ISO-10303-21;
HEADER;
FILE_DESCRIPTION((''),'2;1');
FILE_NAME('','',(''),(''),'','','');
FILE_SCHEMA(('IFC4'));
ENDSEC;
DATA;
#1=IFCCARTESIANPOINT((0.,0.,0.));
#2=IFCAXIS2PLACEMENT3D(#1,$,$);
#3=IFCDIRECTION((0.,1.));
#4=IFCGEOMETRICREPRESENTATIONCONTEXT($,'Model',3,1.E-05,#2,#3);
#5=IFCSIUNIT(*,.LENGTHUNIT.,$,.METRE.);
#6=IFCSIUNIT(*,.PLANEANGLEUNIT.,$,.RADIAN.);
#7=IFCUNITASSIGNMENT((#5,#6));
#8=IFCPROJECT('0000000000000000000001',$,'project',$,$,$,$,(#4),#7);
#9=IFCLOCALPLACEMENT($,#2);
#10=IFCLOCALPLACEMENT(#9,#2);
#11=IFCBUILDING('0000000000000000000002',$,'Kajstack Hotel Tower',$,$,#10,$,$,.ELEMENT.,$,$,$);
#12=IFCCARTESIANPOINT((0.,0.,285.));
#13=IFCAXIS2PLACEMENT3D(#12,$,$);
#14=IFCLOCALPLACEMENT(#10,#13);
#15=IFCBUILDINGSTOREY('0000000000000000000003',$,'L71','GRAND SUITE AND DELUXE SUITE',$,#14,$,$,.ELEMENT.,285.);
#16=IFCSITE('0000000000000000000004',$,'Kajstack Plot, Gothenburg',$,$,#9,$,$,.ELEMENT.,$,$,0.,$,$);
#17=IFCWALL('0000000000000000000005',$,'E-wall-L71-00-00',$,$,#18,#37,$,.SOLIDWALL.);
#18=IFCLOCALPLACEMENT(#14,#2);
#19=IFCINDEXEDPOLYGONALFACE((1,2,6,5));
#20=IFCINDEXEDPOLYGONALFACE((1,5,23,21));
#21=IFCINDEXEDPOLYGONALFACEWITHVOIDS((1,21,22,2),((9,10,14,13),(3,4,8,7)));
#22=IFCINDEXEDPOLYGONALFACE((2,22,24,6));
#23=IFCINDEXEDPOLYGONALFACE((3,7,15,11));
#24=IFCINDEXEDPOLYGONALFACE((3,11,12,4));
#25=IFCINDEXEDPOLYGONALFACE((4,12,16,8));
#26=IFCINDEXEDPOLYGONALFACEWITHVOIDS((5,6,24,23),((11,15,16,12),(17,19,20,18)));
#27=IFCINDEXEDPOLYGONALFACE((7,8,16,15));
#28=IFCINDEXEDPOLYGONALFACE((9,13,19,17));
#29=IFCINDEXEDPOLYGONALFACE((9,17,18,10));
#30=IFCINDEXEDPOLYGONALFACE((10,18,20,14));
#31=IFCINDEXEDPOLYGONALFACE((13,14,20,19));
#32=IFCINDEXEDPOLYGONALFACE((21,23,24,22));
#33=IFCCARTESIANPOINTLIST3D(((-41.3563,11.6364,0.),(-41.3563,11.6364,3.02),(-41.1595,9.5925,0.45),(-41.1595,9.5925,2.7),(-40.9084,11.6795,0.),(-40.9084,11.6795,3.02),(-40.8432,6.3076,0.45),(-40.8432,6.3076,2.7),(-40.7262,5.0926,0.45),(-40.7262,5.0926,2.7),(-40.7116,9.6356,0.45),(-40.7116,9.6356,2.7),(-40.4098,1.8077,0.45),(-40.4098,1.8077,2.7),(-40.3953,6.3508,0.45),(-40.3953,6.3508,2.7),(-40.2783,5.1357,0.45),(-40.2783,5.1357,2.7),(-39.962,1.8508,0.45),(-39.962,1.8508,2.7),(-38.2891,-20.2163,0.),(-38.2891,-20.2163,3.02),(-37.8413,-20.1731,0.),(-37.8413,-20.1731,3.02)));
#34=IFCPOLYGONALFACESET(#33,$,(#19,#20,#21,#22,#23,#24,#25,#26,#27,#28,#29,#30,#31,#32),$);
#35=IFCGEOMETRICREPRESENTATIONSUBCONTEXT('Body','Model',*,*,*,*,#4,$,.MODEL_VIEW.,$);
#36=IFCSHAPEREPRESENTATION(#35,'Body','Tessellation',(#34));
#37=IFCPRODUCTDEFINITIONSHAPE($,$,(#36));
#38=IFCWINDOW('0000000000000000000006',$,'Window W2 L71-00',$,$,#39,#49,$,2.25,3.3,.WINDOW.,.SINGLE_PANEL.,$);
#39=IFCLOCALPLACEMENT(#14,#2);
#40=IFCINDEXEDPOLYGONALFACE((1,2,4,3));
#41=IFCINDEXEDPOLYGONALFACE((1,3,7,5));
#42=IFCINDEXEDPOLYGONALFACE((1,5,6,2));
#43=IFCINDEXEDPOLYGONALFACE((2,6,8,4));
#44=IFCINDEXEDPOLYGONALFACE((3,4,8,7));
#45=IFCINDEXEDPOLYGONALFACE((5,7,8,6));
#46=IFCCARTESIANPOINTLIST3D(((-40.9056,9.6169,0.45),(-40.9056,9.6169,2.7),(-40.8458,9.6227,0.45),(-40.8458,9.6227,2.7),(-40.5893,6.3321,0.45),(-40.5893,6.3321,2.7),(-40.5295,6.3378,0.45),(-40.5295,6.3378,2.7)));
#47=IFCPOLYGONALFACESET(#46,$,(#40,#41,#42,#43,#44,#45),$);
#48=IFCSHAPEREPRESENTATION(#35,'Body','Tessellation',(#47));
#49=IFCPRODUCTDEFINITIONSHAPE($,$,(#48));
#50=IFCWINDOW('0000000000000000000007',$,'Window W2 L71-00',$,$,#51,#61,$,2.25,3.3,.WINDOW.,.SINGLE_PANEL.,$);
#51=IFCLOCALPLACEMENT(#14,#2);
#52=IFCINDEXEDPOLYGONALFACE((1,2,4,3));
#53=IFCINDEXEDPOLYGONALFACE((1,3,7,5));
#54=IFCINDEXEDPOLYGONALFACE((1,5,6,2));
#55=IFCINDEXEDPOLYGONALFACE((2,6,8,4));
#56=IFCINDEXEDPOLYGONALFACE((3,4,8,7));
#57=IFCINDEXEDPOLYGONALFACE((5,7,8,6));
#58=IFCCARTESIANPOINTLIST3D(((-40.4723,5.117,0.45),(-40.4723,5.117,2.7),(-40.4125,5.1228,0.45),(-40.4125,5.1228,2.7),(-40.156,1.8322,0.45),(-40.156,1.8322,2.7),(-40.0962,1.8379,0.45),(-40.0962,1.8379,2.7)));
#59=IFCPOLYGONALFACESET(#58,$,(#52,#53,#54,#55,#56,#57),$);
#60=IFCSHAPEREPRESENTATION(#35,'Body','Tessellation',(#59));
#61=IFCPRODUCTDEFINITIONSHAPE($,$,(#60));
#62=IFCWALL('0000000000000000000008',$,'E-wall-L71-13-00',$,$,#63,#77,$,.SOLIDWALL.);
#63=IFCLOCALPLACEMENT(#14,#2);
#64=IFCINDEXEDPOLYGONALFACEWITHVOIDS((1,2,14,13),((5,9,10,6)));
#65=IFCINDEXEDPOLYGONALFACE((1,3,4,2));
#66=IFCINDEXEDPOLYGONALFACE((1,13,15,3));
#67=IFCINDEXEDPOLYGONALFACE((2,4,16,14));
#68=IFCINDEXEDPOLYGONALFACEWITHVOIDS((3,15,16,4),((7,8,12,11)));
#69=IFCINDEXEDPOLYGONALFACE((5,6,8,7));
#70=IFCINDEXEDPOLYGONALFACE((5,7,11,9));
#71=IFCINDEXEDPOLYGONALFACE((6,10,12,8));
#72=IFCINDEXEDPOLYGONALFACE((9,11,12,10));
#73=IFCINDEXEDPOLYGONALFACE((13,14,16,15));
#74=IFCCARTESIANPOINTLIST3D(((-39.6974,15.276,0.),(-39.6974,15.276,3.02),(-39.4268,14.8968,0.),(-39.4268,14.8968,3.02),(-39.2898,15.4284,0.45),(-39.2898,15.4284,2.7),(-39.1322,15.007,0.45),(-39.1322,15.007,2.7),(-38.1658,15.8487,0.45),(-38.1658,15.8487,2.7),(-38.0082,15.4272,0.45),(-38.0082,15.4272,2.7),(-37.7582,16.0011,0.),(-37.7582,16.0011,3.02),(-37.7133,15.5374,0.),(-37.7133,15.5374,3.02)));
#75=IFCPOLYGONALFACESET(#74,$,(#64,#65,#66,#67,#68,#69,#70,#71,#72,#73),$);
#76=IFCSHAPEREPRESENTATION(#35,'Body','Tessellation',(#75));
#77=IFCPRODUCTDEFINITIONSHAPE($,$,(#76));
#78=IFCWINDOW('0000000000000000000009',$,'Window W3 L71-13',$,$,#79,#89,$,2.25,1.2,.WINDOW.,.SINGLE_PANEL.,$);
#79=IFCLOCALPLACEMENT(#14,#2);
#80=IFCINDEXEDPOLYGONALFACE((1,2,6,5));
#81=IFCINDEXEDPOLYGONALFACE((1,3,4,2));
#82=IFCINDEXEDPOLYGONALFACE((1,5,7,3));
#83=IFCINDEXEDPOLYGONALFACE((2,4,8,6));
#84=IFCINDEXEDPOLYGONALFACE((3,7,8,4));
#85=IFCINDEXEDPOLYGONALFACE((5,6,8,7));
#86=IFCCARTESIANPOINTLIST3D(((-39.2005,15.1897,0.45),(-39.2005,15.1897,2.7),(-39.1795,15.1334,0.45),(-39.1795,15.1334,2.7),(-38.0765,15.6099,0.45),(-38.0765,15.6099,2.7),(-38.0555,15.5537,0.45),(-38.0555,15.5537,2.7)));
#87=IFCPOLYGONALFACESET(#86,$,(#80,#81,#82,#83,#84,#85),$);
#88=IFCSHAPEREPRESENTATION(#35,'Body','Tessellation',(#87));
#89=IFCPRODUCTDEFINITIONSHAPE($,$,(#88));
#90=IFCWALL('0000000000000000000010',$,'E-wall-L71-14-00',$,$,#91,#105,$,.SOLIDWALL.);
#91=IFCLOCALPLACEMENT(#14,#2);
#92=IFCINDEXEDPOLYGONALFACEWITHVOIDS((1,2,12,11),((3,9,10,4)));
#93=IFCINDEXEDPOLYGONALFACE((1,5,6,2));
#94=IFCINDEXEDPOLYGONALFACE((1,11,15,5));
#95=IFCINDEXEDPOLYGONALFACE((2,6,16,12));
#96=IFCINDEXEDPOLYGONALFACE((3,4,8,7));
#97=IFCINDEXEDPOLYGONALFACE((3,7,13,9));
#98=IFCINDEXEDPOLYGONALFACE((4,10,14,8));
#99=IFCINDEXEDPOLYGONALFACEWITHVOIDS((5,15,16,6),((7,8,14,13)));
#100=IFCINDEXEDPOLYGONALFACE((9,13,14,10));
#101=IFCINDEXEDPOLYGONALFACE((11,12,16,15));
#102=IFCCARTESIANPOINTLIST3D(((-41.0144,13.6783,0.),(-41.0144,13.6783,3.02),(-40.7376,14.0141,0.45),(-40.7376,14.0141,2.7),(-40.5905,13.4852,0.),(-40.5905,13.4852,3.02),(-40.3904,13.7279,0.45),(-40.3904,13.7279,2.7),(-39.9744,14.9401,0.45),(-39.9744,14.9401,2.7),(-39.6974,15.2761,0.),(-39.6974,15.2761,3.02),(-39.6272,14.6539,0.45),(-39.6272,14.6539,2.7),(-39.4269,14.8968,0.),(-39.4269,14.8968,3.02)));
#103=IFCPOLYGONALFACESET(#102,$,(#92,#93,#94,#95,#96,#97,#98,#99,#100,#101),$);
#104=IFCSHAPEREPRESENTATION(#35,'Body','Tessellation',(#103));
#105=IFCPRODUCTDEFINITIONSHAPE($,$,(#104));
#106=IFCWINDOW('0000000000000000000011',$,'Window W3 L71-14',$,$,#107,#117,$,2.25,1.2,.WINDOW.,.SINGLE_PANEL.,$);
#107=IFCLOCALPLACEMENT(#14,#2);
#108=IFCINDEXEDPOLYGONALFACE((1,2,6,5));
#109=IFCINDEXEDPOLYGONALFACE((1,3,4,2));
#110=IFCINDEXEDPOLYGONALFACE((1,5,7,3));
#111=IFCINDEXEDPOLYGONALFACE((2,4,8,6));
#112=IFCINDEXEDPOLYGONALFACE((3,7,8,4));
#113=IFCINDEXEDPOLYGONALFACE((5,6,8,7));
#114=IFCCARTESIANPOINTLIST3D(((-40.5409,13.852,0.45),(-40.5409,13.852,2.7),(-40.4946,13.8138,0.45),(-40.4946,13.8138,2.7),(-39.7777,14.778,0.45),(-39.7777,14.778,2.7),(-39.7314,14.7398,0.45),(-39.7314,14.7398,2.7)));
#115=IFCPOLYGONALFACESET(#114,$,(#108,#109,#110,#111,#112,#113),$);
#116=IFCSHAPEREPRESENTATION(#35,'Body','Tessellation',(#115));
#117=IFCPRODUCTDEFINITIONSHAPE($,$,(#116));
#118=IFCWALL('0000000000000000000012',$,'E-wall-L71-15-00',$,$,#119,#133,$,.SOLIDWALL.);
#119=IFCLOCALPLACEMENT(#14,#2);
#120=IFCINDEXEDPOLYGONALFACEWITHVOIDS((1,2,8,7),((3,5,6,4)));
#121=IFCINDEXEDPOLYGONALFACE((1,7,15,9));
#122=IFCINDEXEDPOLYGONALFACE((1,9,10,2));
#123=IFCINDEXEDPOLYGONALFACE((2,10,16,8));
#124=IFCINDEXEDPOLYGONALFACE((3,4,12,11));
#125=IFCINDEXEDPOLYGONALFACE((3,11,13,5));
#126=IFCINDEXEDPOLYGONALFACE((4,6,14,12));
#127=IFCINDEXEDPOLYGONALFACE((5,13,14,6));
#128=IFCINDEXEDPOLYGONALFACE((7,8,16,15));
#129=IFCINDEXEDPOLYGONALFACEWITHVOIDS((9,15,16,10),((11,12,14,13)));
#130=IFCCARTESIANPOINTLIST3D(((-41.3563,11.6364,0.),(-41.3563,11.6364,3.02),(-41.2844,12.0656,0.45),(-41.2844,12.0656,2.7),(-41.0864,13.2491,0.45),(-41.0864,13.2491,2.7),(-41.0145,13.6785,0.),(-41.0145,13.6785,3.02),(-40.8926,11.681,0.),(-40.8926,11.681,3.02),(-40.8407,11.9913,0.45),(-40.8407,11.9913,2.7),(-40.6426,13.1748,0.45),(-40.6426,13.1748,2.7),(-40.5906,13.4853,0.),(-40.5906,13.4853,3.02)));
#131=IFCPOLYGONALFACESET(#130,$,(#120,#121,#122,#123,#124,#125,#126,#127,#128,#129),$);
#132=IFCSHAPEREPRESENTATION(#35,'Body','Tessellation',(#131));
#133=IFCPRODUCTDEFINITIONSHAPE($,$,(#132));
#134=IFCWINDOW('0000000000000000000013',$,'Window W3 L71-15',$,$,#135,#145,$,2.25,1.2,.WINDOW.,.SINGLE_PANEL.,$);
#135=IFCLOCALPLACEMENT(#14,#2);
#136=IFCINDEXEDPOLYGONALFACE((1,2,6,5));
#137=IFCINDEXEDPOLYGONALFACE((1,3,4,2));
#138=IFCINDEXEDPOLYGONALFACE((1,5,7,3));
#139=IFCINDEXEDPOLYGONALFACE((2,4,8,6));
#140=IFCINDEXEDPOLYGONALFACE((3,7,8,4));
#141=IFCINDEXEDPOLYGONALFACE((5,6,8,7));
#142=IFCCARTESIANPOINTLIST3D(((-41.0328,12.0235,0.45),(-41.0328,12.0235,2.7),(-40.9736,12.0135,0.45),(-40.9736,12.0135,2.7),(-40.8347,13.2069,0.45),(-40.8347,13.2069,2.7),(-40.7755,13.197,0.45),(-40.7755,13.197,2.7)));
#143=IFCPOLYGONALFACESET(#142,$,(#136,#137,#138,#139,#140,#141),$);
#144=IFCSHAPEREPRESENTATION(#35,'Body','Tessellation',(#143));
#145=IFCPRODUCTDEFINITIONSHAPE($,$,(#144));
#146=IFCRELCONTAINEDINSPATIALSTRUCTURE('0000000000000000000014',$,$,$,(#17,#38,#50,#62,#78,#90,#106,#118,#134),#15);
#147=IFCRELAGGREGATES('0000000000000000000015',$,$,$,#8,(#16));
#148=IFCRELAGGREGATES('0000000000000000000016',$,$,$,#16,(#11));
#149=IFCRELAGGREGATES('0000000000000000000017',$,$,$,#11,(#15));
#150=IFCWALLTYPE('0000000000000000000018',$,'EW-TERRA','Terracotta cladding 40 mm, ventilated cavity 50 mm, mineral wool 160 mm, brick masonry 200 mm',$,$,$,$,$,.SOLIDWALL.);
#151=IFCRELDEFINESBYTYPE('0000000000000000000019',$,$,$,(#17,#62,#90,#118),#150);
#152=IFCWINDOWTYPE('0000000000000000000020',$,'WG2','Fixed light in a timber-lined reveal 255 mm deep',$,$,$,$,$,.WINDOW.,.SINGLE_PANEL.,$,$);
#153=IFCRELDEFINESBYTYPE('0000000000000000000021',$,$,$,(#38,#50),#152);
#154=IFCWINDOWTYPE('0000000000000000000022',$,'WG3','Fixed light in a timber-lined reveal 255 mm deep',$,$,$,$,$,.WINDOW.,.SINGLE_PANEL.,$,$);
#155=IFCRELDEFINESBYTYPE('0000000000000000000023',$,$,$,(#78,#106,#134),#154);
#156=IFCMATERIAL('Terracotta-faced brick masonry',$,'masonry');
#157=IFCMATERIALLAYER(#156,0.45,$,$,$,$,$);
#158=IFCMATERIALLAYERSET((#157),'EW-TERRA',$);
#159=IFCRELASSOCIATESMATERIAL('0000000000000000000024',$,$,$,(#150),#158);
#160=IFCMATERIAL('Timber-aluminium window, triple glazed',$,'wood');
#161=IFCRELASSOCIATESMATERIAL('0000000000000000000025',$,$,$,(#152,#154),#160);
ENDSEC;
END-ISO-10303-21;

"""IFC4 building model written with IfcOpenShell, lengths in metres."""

from ifc_helpers import new_model, si_unit, direction, frame, frame_2d, origin, place, context, subcontext, project, spatial, polyline, rectangle, outline, extrude, material, layer, layer_set, type_object, element, fill, save


model = new_model("IFC4")

# Units and contexts
model_context = context("Model", 3, precision=1e-05, world=origin(), true_north=direction((0.0, 1.0)))
body_context = subcontext(model_context, "Body", "Model", "MODEL_VIEW")
ifc_project = project(units=[si_unit("LENGTHUNIT", "METRE"), si_unit("PLANEANGLEUNIT", "RADIAN")], contexts=[model_context])

# Site, building, storey
site_placement = place(None, origin())
site = spatial("IfcSite", under=ifc_project, at=site_placement, Name="Kajstack Plot, Gothenburg", CompositionType="ELEMENT", RefElevation=0.0)
building_placement = place(site_placement, origin())
building = spatial("IfcBuilding", under=site, at=building_placement, Name="Kajstack Hotel Tower", CompositionType="ELEMENT")
storey_placement = place(building_placement, frame((0.0, 0.0, 285.0)))
storey = spatial("IfcBuildingStorey", under=building, at=storey_placement, Name="L71", Description="GRAND SUITE AND DELUXE SUITE", CompositionType="ELEMENT", Elevation=285.0)

# Wall, openings, windows
ifc_material_1 = material(Name="Terracotta-faced brick masonry", Category="masonry")
ifc_layer_1 = layer(ifc_material_1, 0.45)
ifc_layer_set_1 = layer_set([ifc_layer_1], Name="EW-TERRA")
wall_type_1 = type_object("IfcWallType", Name="EW-TERRA", Description="Terracotta cladding 40 mm, ventilated cavity 50 mm, mineral wool 160 mm, brick masonry 200 mm", PredefinedType="SOLIDWALL", material=ifc_layer_set_1)
wall_1_placement = place(storey_placement, frame((-41.1323, 11.658, 0.0), z_axis=(0.0, 0.0, 1.0), x_axis=(0.095848, -0.995396, 0.0)))
wall_1 = element("IfcWall", 1, at=wall_1_placement, inside=storey, type_object=wall_type_1, Name="E-wall-L71-00-00", PredefinedType="SOLIDWALL", context=body_context, shape_type="SweptSolid", body=[
    extrude(rectangle(XDim=32.0, YDim=0.45, at=frame_2d((16.0, 0.0))), origin(), (0.0, 0.0, 1.0), 3.02),
])
opening_1_placement = place(wall_1_placement, frame((2.0535, 0.0, 0.45)))
opening_1 = element("IfcOpeningElement", 2, at=opening_1_placement, cuts=wall_1, PredefinedType="OPENING", context=body_context, shape_type="SweptSolid", body=[
    extrude(rectangle(XDim=3.3, YDim=2.25, at=frame_2d((1.6499, 1.125))), frame((0.0, 0.2349, 0.0), z_axis=(0.0, -1.0, 0.0), x_axis=(1.0, 0.0, 0.0)), (0.0, 0.0, 1.0), 0.47),
])
opening_2_placement = place(wall_1_placement, frame((6.5742, 0.0, 0.45)))
opening_2 = element("IfcOpeningElement", 3, at=opening_2_placement, cuts=wall_1, PredefinedType="OPENING", context=body_context, shape_type="SweptSolid", body=[
    extrude(rectangle(XDim=3.3, YDim=2.25, at=frame_2d((1.6499, 1.125))), frame((0.0, 0.2349, 0.0), z_axis=(0.0, -1.0, 0.0), x_axis=(1.0, 0.0, 0.0)), (0.0, 0.0, 1.0), 0.47),
])
ifc_material_2 = material(Name="Timber-aluminium window, triple glazed", Category="wood")
window_type_1 = type_object("IfcWindowType", Name="WG2", Description="Fixed light in a timber-lined reveal 255 mm deep", PartitioningType="SINGLE_PANEL", PredefinedType="WINDOW", material=ifc_material_2)
window_1_placement = place(opening_1_placement, origin())
window_1 = element("IfcWindow", 4, at=window_1_placement, inside=storey, type_object=window_type_1, Name="Window W2 L71-00", OverallHeight=2.25, OverallWidth=3.3, PartitioningType="SINGLE_PANEL", PredefinedType="WINDOW", context=body_context, shape_type="SweptSolid", body=[
    extrude(rectangle(XDim=3.3, YDim=2.25, at=frame_2d((1.6499, 1.125))), frame((0.0, 0.0901, 0.0), z_axis=(0.0, -1.0, 0.0), x_axis=(1.0, 0.0, 0.0)), (0.0, 0.0, 1.0), 0.0601),
])
fill(opening_1, window_1)
window_2_placement = place(opening_2_placement, origin())
window_2 = element("IfcWindow", 5, at=window_2_placement, inside=storey, type_object=window_type_1, Name="Window W2 L71-00", OverallHeight=2.25, OverallWidth=3.3, PartitioningType="SINGLE_PANEL", PredefinedType="WINDOW", context=body_context, shape_type="SweptSolid", body=[
    extrude(rectangle(XDim=3.3, YDim=2.25, at=frame_2d((1.6499, 1.125))), frame((0.0, 0.0901, 0.0), z_axis=(0.0, -1.0, 0.0), x_axis=(1.0, 0.0, 0.0)), (0.0, 0.0, 1.0), 0.0601),
])
fill(opening_2, window_2)

# Walls, openings, windows
wall_2_placement = place(storey_placement, frame((-37.6792, 15.7905, 0.0), z_axis=(0.0, 0.0, 1.0), x_axis=(-0.936678, -0.350193, 0.0)))
wall_2 = element("IfcWall", 6, at=wall_2_placement, inside=storey, type_object=wall_type_1, Name="E-wall-L71-13-00", PredefinedType="SOLIDWALL", context=body_context, shape_type="SweptSolid", body=[
    extrude(outline(polyline([(0.0002, -0.2249), (2.0706, -0.2249), (1.95, 0.2251), (0.1206, 0.2251), (0.0002, -0.2249)])), origin(), (0.0, 0.0, 1.0), 3.02),
])
opening_3_placement = place(wall_2_placement, frame((0.4353, 0.0, 0.45)))
opening_3 = element("IfcOpeningElement", 7, at=opening_3_placement, cuts=wall_2, PredefinedType="OPENING", context=body_context, shape_type="SweptSolid", body=[
    extrude(rectangle(XDim=1.2, YDim=2.25, at=frame_2d((0.6001, 1.125))), frame((0.0, 0.2349, 0.0), z_axis=(0.0, -1.0, 0.0), x_axis=(1.0, 0.0, 0.0)), (0.0, 0.0, 1.0), 0.47),
])
window_type_2 = type_object("IfcWindowType", Name="WG3", Description="Fixed light in a timber-lined reveal 255 mm deep", PartitioningType="SINGLE_PANEL", PredefinedType="WINDOW", material=ifc_material_2)
window_3_placement = place(opening_3_placement, origin())
window_3 = element("IfcWindow", 8, at=window_3_placement, inside=storey, type_object=window_type_2, Name="Window W3 L71-13", OverallHeight=2.25, OverallWidth=1.2, PartitioningType="SINGLE_PANEL", PredefinedType="WINDOW", context=body_context, shape_type="SweptSolid", body=[
    extrude(rectangle(XDim=1.2, YDim=2.25, at=frame_2d((0.6001, 1.125))), frame((0.0, 0.0901, 0.0), z_axis=(0.0, -1.0, 0.0), x_axis=(1.0, 0.0, 0.0)), (0.0, 0.0, 1.0), 0.0601),
])
fill(opening_3, window_3)
wall_3_placement = place(storey_placement, frame((-39.5239, 15.1331, 0.0), z_axis=(0.0, 0.0, 1.0), x_axis=(-0.636046, -0.771651, 0.0)))
wall_3 = element("IfcWall", 9, at=wall_3_placement, inside=storey, type_object=wall_type_1, Name="E-wall-L71-14-00", PredefinedType="SOLIDWALL", context=body_context, shape_type="SweptSolid", body=[
    extrude(outline(polyline([(0.0, -0.2249), (2.0706, -0.2249), (1.95, 0.2251), (0.1206, 0.2251), (0.0, -0.2249)])), origin(), (0.0, 0.0, 1.0), 3.02),
])
opening_4_placement = place(wall_3_placement, frame((0.4353, 0.0, 0.45)))
opening_4 = element("IfcOpeningElement", 10, at=opening_4_placement, cuts=wall_3, PredefinedType="OPENING", context=body_context, shape_type="SweptSolid", body=[
    extrude(rectangle(XDim=1.2, YDim=2.25, at=frame_2d((0.6001, 1.125))), frame((0.0, 0.2349, 0.0), z_axis=(0.0, -1.0, 0.0), x_axis=(1.0, 0.0, 0.0)), (0.0, 0.0, 1.0), 0.47),
])
window_4_placement = place(opening_4_placement, origin())
window_4 = element("IfcWindow", 11, at=window_4_placement, inside=storey, type_object=window_type_2, Name="Window W3 L71-14", OverallHeight=2.25, OverallWidth=1.2, PartitioningType="SINGLE_PANEL", PredefinedType="WINDOW", context=body_context, shape_type="SweptSolid", body=[
    extrude(rectangle(XDim=1.2, YDim=2.25, at=frame_2d((0.6001, 1.125))), frame((0.0, 0.0901, 0.0), z_axis=(0.0, -1.0, 0.0), x_axis=(1.0, 0.0, 0.0)), (0.0, 0.0, 1.0), 0.0601),
])
fill(opening_4, window_4)
wall_4_placement = place(storey_placement, frame((-40.7925, 13.6414, 0.0), z_axis=(0.0, 0.0, 1.0), x_axis=(-0.165068, -0.986282, 0.0)))
wall_4 = element("IfcWall", 12, at=wall_4_placement, inside=storey, type_object=wall_type_1, Name="E-wall-L71-15-00", PredefinedType="SOLIDWALL", context=body_context, shape_type="SweptSolid", body=[
    extrude(outline(polyline([(0.0, -0.2251), (2.0706, -0.2251), (1.95, 0.2249), (0.1206, 0.2249), (0.0, -0.2251)])), origin(), (0.0, 0.0, 1.0), 3.02),
])
opening_5_placement = place(wall_4_placement, frame((0.4353, 0.0, 0.45)))
opening_5 = element("IfcOpeningElement", 13, at=opening_5_placement, cuts=wall_4, PredefinedType="OPENING", context=body_context, shape_type="SweptSolid", body=[
    extrude(rectangle(XDim=1.2, YDim=2.25, at=frame_2d((0.6001, 1.125))), frame((0.0, 0.2349, 0.0), z_axis=(0.0, -1.0, 0.0), x_axis=(1.0, 0.0, 0.0)), (0.0, 0.0, 1.0), 0.47),
])
window_5_placement = place(opening_5_placement, origin())
window_5 = element("IfcWindow", 14, at=window_5_placement, inside=storey, type_object=window_type_2, Name="Window W3 L71-15", OverallHeight=2.25, OverallWidth=1.2, PartitioningType="SINGLE_PANEL", PredefinedType="WINDOW", context=body_context, shape_type="SweptSolid", body=[
    extrude(rectangle(XDim=1.2, YDim=2.25, at=frame_2d((0.6001, 1.125))), frame((0.0, 0.0901, 0.0), z_axis=(0.0, -1.0, 0.0), x_axis=(1.0, 0.0, 0.0)), (0.0, 0.0, 1.0), 0.0601),
])
fill(opening_5, window_5)

save(model, "model.ifc")
